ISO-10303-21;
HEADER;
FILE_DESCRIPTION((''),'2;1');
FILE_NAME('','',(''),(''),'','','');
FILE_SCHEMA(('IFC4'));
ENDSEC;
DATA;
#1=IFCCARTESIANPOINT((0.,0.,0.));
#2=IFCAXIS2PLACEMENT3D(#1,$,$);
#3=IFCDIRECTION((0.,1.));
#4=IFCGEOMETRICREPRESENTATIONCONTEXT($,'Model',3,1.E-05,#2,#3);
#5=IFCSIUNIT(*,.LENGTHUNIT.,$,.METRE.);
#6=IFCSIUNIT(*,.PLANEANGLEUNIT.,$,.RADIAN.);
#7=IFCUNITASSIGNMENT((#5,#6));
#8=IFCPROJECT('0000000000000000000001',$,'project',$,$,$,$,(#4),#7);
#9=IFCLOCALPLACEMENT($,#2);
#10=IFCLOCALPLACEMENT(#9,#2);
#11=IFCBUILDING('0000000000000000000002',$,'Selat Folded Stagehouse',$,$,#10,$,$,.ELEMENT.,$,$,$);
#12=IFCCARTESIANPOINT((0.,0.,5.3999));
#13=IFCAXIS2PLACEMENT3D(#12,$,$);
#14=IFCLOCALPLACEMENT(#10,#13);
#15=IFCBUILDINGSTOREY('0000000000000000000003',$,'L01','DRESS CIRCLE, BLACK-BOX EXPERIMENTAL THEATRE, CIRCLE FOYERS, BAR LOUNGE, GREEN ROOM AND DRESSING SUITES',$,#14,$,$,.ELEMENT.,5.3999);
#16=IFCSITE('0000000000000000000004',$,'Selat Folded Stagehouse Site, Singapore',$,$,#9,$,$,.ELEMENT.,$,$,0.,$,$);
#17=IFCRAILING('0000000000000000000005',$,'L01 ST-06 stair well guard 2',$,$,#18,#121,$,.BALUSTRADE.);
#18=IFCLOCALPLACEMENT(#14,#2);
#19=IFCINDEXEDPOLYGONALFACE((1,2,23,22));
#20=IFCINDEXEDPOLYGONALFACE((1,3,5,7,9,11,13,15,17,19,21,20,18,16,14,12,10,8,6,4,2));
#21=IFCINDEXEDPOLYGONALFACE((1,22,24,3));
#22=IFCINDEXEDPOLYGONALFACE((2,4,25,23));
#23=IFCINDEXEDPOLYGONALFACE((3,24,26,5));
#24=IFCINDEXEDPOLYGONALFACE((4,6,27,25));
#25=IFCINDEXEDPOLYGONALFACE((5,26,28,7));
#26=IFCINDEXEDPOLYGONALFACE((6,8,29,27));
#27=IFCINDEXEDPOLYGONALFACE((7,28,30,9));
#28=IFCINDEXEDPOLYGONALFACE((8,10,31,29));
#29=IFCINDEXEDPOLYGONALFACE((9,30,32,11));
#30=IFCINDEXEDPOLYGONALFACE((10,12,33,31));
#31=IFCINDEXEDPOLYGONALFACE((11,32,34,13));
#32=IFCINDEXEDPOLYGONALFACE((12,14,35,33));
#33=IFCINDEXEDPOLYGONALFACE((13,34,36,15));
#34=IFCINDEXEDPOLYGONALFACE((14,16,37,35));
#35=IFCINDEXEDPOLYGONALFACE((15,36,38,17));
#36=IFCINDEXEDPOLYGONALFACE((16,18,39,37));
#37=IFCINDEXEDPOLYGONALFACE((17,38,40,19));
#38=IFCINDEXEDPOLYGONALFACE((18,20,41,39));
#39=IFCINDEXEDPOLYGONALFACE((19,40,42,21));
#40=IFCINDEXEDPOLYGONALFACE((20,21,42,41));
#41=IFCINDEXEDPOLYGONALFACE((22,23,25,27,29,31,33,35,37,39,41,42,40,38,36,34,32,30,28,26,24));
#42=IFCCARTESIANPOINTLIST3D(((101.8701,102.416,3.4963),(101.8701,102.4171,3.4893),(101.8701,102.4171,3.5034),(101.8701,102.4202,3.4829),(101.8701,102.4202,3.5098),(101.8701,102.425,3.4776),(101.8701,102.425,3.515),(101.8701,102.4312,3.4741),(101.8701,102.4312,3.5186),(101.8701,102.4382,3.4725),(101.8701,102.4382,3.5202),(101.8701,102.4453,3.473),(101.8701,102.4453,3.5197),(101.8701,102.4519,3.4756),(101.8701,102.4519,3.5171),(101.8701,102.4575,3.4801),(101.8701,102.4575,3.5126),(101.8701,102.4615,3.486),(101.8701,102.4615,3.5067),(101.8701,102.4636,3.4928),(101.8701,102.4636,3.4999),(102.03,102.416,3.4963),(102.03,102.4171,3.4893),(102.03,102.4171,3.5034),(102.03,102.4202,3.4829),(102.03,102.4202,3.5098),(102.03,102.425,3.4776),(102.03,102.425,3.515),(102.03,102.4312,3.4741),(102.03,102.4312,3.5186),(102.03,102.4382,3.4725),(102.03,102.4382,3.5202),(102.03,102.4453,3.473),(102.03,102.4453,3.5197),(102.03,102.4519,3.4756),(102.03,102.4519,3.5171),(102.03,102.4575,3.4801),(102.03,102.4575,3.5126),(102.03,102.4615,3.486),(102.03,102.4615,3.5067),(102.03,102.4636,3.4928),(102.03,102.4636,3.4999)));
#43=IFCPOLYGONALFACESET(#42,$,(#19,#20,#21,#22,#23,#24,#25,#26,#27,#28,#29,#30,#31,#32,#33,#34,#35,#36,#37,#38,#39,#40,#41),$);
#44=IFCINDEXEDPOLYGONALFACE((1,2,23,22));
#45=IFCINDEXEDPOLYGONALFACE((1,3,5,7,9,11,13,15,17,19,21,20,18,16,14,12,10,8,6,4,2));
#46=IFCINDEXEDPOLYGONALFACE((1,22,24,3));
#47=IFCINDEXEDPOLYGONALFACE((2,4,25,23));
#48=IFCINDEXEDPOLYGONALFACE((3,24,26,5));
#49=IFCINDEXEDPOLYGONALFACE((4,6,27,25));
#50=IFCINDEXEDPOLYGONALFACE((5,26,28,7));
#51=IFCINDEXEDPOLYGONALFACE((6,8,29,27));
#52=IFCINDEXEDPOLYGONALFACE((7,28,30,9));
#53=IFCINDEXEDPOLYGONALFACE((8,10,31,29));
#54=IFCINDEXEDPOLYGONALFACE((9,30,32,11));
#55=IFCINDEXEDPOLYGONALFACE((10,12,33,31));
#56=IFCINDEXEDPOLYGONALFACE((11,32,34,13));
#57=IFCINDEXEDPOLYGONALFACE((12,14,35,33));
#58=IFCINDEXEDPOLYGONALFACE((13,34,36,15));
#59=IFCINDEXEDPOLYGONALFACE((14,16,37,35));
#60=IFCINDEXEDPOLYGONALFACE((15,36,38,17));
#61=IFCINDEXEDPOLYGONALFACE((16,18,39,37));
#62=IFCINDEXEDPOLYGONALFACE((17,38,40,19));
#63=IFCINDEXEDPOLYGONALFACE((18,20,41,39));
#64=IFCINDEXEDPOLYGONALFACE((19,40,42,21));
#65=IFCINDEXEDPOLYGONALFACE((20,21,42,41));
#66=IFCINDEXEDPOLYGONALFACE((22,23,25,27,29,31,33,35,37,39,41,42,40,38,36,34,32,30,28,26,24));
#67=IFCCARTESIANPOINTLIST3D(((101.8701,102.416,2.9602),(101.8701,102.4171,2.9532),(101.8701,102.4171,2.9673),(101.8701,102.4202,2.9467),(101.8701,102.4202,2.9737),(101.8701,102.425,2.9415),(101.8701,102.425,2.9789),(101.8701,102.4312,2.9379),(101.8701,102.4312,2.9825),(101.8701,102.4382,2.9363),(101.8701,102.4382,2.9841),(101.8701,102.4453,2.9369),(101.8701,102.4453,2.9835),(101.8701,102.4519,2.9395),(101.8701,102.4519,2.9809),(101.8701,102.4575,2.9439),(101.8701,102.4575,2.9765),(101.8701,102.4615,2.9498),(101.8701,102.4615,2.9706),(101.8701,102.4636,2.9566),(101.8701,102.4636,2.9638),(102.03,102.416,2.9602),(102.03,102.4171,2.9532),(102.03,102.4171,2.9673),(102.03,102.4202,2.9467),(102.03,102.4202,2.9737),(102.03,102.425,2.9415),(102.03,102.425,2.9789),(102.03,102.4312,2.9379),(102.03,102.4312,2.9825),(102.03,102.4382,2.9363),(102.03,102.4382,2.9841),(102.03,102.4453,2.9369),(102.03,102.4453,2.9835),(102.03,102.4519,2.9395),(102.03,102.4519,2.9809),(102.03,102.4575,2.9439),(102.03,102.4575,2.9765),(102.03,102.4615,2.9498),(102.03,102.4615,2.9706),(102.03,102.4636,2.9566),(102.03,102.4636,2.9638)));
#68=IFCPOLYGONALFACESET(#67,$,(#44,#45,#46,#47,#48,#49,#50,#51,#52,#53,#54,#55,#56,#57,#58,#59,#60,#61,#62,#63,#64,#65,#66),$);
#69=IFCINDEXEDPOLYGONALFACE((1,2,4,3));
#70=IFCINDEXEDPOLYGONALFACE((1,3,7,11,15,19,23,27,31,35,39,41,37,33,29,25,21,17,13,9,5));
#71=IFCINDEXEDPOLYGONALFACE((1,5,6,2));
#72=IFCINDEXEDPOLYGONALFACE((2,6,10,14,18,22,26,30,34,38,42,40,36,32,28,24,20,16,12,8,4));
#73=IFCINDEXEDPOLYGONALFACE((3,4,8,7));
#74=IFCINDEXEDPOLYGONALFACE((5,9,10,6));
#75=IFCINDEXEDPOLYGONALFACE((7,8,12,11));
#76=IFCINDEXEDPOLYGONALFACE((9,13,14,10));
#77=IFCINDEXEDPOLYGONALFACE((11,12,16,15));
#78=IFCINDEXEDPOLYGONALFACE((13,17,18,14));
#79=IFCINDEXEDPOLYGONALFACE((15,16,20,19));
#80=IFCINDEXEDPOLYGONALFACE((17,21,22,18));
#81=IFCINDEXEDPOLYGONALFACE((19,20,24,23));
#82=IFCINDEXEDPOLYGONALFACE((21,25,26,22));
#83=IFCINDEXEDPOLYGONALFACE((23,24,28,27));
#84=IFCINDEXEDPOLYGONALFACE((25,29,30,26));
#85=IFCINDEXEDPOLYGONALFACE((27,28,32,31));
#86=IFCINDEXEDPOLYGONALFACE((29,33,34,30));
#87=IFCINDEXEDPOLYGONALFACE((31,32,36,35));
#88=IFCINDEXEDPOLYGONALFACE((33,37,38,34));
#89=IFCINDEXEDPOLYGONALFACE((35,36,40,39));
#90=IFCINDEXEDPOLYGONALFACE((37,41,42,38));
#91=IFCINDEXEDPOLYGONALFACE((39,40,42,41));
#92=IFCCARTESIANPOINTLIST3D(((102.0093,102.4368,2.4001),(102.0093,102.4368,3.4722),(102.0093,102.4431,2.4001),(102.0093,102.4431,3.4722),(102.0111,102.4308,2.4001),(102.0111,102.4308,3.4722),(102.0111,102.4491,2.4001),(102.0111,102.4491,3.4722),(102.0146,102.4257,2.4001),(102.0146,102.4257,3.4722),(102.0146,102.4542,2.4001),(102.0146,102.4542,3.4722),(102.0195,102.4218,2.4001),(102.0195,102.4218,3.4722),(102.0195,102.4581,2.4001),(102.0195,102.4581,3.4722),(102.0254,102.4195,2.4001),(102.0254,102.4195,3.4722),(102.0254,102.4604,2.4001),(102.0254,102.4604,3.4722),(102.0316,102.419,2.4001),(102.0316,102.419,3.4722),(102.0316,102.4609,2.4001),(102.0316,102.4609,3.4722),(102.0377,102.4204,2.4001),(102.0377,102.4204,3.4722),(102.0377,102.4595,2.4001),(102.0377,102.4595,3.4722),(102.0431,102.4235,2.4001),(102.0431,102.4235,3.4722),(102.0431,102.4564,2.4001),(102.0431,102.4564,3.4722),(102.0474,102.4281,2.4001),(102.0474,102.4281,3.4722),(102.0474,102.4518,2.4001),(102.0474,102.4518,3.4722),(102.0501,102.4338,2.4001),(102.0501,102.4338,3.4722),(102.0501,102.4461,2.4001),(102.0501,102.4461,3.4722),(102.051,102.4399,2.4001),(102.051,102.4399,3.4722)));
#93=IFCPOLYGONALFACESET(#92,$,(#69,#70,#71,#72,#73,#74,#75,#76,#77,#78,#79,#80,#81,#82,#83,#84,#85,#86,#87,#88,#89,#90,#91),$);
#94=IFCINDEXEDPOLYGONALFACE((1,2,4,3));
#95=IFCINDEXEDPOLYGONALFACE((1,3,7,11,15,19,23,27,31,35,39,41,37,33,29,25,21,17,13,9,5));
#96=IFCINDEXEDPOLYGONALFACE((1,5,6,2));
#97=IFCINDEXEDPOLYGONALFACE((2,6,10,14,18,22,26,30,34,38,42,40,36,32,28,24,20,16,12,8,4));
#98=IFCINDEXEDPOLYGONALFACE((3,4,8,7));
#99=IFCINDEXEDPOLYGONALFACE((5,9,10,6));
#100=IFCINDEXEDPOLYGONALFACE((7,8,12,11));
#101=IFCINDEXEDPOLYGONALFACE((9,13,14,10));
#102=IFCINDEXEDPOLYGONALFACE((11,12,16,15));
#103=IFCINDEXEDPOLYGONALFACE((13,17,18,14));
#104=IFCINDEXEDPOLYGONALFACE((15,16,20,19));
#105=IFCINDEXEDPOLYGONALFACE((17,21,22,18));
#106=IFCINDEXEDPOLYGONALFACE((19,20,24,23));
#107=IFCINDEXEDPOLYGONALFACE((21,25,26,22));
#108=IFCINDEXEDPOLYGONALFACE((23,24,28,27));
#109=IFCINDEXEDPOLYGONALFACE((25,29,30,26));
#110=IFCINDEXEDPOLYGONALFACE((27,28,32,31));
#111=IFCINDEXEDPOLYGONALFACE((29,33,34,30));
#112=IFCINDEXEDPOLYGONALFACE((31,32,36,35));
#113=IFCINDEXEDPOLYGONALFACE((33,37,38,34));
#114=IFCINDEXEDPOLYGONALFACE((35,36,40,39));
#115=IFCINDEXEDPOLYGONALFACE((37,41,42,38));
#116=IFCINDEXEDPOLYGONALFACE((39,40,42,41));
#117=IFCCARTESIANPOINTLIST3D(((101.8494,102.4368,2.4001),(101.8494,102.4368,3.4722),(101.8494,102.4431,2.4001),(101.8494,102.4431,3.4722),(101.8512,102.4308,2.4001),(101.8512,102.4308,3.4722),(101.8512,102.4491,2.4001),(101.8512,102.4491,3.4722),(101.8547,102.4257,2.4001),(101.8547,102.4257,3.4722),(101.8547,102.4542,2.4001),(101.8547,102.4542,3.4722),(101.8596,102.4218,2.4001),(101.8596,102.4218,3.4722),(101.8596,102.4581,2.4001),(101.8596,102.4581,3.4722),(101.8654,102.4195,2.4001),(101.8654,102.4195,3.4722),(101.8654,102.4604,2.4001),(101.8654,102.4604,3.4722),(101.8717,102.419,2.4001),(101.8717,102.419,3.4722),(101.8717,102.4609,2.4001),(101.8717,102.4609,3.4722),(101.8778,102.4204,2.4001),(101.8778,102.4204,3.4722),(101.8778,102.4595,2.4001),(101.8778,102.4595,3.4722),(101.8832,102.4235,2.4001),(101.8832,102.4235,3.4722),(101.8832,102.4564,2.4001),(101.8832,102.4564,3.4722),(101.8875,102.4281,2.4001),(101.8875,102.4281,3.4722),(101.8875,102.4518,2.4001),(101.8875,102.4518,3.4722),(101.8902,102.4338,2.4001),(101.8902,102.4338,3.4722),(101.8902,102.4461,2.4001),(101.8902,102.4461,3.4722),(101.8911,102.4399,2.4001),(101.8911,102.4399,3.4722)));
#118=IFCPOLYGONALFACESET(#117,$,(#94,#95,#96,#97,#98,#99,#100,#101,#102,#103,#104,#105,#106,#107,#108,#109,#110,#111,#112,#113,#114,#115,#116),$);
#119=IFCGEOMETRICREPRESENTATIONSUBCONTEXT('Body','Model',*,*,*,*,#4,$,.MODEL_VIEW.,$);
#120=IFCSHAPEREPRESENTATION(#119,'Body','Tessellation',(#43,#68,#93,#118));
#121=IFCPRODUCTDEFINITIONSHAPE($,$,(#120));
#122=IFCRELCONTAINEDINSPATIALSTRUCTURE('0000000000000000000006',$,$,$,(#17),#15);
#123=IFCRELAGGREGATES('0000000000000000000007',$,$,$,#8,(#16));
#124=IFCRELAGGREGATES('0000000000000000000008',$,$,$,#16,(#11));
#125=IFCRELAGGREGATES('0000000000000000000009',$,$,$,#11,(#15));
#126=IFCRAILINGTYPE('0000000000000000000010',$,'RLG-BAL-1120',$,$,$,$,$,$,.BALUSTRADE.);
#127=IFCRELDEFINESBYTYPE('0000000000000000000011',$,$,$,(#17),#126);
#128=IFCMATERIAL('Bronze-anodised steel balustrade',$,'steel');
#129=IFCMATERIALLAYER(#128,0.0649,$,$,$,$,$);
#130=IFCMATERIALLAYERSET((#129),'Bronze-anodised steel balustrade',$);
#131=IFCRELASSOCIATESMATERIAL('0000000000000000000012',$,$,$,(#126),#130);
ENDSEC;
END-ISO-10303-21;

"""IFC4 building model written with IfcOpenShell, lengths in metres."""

from ifc_helpers import new_model, si_unit, direction, frame, origin, origin_2d, place, context, subcontext, project, spatial, circle, extrude, material, layer, layer_set, type_object, element, save


model = new_model("IFC4")

# Units and contexts
model_context = context("Model", 3, precision=1e-05, world=origin(), true_north=direction((0.0, 1.0)))
body_context = subcontext(model_context, "Body", "Model", "MODEL_VIEW")
ifc_project = project(units=[si_unit("LENGTHUNIT", "METRE"), si_unit("PLANEANGLEUNIT", "RADIAN")], contexts=[model_context])

# Site, building, storey
site_placement = place(None, origin())
site = spatial("IfcSite", under=ifc_project, at=site_placement, Name="Selat Folded Stagehouse Site, Singapore", CompositionType="ELEMENT", RefElevation=0.0)
building_placement = place(site_placement, origin())
building = spatial("IfcBuilding", under=site, at=building_placement, Name="Selat Folded Stagehouse", CompositionType="ELEMENT")
storey_placement = place(building_placement, frame((0.0, 0.0, 5.3999)))
storey = spatial("IfcBuildingStorey", under=building, at=storey_placement, Name="L01", Description="DRESS CIRCLE, BLACK-BOX EXPERIMENTAL THEATRE, CIRCLE FOYERS, BAR LOUNGE, GREEN ROOM AND DRESSING SUITES", CompositionType="ELEMENT", Elevation=5.3999)

# Railing
ifc_material_1 = material(Name="Bronze-anodised steel balustrade", Category="steel")
ifc_layer_1 = layer(ifc_material_1, 0.0649)
ifc_layer_set_1 = layer_set([ifc_layer_1], Name="Bronze-anodised steel balustrade")
railing_type_1 = type_object("IfcRailingType", Name="RLG-BAL-1120", PredefinedType="BALUSTRADE", material=ifc_layer_set_1)
railing_1_placement = place(storey_placement, frame((102.03, 102.4399, 2.4001)))
element("IfcRailing", 1, at=railing_1_placement, inside=storey, type_object=railing_type_1, Name="L01 ST-06 stair well guard 2", PredefinedType="BALUSTRADE", context=body_context, shape_type="SweptSolid", body=[
    extrude(circle(Radius=0.0239, at=origin_2d()), frame((0.0, 0.0, 1.0962), z_axis=(-1.0, 0.0, 0.0), x_axis=(0.0, -1.0, 0.0)), (0.0, 0.0, 1.0), 0.1599),
    extrude(circle(Radius=0.0239, at=origin_2d()), frame((0.0, 0.0, 0.5601), z_axis=(-1.0, 0.0, 0.0), x_axis=(0.0, -1.0, 0.0)), (0.0, 0.0, 1.0), 0.1599),
    extrude(circle(Radius=0.021, at=origin_2d()), origin(), (0.0, 0.0, 1.0), 1.072),
    extrude(circle(Radius=0.021, at=origin_2d()), frame((-0.1599, 0.0, 0.0)), (0.0, 0.0, 1.0), 1.072),
])

save(model, "model.ifc")
